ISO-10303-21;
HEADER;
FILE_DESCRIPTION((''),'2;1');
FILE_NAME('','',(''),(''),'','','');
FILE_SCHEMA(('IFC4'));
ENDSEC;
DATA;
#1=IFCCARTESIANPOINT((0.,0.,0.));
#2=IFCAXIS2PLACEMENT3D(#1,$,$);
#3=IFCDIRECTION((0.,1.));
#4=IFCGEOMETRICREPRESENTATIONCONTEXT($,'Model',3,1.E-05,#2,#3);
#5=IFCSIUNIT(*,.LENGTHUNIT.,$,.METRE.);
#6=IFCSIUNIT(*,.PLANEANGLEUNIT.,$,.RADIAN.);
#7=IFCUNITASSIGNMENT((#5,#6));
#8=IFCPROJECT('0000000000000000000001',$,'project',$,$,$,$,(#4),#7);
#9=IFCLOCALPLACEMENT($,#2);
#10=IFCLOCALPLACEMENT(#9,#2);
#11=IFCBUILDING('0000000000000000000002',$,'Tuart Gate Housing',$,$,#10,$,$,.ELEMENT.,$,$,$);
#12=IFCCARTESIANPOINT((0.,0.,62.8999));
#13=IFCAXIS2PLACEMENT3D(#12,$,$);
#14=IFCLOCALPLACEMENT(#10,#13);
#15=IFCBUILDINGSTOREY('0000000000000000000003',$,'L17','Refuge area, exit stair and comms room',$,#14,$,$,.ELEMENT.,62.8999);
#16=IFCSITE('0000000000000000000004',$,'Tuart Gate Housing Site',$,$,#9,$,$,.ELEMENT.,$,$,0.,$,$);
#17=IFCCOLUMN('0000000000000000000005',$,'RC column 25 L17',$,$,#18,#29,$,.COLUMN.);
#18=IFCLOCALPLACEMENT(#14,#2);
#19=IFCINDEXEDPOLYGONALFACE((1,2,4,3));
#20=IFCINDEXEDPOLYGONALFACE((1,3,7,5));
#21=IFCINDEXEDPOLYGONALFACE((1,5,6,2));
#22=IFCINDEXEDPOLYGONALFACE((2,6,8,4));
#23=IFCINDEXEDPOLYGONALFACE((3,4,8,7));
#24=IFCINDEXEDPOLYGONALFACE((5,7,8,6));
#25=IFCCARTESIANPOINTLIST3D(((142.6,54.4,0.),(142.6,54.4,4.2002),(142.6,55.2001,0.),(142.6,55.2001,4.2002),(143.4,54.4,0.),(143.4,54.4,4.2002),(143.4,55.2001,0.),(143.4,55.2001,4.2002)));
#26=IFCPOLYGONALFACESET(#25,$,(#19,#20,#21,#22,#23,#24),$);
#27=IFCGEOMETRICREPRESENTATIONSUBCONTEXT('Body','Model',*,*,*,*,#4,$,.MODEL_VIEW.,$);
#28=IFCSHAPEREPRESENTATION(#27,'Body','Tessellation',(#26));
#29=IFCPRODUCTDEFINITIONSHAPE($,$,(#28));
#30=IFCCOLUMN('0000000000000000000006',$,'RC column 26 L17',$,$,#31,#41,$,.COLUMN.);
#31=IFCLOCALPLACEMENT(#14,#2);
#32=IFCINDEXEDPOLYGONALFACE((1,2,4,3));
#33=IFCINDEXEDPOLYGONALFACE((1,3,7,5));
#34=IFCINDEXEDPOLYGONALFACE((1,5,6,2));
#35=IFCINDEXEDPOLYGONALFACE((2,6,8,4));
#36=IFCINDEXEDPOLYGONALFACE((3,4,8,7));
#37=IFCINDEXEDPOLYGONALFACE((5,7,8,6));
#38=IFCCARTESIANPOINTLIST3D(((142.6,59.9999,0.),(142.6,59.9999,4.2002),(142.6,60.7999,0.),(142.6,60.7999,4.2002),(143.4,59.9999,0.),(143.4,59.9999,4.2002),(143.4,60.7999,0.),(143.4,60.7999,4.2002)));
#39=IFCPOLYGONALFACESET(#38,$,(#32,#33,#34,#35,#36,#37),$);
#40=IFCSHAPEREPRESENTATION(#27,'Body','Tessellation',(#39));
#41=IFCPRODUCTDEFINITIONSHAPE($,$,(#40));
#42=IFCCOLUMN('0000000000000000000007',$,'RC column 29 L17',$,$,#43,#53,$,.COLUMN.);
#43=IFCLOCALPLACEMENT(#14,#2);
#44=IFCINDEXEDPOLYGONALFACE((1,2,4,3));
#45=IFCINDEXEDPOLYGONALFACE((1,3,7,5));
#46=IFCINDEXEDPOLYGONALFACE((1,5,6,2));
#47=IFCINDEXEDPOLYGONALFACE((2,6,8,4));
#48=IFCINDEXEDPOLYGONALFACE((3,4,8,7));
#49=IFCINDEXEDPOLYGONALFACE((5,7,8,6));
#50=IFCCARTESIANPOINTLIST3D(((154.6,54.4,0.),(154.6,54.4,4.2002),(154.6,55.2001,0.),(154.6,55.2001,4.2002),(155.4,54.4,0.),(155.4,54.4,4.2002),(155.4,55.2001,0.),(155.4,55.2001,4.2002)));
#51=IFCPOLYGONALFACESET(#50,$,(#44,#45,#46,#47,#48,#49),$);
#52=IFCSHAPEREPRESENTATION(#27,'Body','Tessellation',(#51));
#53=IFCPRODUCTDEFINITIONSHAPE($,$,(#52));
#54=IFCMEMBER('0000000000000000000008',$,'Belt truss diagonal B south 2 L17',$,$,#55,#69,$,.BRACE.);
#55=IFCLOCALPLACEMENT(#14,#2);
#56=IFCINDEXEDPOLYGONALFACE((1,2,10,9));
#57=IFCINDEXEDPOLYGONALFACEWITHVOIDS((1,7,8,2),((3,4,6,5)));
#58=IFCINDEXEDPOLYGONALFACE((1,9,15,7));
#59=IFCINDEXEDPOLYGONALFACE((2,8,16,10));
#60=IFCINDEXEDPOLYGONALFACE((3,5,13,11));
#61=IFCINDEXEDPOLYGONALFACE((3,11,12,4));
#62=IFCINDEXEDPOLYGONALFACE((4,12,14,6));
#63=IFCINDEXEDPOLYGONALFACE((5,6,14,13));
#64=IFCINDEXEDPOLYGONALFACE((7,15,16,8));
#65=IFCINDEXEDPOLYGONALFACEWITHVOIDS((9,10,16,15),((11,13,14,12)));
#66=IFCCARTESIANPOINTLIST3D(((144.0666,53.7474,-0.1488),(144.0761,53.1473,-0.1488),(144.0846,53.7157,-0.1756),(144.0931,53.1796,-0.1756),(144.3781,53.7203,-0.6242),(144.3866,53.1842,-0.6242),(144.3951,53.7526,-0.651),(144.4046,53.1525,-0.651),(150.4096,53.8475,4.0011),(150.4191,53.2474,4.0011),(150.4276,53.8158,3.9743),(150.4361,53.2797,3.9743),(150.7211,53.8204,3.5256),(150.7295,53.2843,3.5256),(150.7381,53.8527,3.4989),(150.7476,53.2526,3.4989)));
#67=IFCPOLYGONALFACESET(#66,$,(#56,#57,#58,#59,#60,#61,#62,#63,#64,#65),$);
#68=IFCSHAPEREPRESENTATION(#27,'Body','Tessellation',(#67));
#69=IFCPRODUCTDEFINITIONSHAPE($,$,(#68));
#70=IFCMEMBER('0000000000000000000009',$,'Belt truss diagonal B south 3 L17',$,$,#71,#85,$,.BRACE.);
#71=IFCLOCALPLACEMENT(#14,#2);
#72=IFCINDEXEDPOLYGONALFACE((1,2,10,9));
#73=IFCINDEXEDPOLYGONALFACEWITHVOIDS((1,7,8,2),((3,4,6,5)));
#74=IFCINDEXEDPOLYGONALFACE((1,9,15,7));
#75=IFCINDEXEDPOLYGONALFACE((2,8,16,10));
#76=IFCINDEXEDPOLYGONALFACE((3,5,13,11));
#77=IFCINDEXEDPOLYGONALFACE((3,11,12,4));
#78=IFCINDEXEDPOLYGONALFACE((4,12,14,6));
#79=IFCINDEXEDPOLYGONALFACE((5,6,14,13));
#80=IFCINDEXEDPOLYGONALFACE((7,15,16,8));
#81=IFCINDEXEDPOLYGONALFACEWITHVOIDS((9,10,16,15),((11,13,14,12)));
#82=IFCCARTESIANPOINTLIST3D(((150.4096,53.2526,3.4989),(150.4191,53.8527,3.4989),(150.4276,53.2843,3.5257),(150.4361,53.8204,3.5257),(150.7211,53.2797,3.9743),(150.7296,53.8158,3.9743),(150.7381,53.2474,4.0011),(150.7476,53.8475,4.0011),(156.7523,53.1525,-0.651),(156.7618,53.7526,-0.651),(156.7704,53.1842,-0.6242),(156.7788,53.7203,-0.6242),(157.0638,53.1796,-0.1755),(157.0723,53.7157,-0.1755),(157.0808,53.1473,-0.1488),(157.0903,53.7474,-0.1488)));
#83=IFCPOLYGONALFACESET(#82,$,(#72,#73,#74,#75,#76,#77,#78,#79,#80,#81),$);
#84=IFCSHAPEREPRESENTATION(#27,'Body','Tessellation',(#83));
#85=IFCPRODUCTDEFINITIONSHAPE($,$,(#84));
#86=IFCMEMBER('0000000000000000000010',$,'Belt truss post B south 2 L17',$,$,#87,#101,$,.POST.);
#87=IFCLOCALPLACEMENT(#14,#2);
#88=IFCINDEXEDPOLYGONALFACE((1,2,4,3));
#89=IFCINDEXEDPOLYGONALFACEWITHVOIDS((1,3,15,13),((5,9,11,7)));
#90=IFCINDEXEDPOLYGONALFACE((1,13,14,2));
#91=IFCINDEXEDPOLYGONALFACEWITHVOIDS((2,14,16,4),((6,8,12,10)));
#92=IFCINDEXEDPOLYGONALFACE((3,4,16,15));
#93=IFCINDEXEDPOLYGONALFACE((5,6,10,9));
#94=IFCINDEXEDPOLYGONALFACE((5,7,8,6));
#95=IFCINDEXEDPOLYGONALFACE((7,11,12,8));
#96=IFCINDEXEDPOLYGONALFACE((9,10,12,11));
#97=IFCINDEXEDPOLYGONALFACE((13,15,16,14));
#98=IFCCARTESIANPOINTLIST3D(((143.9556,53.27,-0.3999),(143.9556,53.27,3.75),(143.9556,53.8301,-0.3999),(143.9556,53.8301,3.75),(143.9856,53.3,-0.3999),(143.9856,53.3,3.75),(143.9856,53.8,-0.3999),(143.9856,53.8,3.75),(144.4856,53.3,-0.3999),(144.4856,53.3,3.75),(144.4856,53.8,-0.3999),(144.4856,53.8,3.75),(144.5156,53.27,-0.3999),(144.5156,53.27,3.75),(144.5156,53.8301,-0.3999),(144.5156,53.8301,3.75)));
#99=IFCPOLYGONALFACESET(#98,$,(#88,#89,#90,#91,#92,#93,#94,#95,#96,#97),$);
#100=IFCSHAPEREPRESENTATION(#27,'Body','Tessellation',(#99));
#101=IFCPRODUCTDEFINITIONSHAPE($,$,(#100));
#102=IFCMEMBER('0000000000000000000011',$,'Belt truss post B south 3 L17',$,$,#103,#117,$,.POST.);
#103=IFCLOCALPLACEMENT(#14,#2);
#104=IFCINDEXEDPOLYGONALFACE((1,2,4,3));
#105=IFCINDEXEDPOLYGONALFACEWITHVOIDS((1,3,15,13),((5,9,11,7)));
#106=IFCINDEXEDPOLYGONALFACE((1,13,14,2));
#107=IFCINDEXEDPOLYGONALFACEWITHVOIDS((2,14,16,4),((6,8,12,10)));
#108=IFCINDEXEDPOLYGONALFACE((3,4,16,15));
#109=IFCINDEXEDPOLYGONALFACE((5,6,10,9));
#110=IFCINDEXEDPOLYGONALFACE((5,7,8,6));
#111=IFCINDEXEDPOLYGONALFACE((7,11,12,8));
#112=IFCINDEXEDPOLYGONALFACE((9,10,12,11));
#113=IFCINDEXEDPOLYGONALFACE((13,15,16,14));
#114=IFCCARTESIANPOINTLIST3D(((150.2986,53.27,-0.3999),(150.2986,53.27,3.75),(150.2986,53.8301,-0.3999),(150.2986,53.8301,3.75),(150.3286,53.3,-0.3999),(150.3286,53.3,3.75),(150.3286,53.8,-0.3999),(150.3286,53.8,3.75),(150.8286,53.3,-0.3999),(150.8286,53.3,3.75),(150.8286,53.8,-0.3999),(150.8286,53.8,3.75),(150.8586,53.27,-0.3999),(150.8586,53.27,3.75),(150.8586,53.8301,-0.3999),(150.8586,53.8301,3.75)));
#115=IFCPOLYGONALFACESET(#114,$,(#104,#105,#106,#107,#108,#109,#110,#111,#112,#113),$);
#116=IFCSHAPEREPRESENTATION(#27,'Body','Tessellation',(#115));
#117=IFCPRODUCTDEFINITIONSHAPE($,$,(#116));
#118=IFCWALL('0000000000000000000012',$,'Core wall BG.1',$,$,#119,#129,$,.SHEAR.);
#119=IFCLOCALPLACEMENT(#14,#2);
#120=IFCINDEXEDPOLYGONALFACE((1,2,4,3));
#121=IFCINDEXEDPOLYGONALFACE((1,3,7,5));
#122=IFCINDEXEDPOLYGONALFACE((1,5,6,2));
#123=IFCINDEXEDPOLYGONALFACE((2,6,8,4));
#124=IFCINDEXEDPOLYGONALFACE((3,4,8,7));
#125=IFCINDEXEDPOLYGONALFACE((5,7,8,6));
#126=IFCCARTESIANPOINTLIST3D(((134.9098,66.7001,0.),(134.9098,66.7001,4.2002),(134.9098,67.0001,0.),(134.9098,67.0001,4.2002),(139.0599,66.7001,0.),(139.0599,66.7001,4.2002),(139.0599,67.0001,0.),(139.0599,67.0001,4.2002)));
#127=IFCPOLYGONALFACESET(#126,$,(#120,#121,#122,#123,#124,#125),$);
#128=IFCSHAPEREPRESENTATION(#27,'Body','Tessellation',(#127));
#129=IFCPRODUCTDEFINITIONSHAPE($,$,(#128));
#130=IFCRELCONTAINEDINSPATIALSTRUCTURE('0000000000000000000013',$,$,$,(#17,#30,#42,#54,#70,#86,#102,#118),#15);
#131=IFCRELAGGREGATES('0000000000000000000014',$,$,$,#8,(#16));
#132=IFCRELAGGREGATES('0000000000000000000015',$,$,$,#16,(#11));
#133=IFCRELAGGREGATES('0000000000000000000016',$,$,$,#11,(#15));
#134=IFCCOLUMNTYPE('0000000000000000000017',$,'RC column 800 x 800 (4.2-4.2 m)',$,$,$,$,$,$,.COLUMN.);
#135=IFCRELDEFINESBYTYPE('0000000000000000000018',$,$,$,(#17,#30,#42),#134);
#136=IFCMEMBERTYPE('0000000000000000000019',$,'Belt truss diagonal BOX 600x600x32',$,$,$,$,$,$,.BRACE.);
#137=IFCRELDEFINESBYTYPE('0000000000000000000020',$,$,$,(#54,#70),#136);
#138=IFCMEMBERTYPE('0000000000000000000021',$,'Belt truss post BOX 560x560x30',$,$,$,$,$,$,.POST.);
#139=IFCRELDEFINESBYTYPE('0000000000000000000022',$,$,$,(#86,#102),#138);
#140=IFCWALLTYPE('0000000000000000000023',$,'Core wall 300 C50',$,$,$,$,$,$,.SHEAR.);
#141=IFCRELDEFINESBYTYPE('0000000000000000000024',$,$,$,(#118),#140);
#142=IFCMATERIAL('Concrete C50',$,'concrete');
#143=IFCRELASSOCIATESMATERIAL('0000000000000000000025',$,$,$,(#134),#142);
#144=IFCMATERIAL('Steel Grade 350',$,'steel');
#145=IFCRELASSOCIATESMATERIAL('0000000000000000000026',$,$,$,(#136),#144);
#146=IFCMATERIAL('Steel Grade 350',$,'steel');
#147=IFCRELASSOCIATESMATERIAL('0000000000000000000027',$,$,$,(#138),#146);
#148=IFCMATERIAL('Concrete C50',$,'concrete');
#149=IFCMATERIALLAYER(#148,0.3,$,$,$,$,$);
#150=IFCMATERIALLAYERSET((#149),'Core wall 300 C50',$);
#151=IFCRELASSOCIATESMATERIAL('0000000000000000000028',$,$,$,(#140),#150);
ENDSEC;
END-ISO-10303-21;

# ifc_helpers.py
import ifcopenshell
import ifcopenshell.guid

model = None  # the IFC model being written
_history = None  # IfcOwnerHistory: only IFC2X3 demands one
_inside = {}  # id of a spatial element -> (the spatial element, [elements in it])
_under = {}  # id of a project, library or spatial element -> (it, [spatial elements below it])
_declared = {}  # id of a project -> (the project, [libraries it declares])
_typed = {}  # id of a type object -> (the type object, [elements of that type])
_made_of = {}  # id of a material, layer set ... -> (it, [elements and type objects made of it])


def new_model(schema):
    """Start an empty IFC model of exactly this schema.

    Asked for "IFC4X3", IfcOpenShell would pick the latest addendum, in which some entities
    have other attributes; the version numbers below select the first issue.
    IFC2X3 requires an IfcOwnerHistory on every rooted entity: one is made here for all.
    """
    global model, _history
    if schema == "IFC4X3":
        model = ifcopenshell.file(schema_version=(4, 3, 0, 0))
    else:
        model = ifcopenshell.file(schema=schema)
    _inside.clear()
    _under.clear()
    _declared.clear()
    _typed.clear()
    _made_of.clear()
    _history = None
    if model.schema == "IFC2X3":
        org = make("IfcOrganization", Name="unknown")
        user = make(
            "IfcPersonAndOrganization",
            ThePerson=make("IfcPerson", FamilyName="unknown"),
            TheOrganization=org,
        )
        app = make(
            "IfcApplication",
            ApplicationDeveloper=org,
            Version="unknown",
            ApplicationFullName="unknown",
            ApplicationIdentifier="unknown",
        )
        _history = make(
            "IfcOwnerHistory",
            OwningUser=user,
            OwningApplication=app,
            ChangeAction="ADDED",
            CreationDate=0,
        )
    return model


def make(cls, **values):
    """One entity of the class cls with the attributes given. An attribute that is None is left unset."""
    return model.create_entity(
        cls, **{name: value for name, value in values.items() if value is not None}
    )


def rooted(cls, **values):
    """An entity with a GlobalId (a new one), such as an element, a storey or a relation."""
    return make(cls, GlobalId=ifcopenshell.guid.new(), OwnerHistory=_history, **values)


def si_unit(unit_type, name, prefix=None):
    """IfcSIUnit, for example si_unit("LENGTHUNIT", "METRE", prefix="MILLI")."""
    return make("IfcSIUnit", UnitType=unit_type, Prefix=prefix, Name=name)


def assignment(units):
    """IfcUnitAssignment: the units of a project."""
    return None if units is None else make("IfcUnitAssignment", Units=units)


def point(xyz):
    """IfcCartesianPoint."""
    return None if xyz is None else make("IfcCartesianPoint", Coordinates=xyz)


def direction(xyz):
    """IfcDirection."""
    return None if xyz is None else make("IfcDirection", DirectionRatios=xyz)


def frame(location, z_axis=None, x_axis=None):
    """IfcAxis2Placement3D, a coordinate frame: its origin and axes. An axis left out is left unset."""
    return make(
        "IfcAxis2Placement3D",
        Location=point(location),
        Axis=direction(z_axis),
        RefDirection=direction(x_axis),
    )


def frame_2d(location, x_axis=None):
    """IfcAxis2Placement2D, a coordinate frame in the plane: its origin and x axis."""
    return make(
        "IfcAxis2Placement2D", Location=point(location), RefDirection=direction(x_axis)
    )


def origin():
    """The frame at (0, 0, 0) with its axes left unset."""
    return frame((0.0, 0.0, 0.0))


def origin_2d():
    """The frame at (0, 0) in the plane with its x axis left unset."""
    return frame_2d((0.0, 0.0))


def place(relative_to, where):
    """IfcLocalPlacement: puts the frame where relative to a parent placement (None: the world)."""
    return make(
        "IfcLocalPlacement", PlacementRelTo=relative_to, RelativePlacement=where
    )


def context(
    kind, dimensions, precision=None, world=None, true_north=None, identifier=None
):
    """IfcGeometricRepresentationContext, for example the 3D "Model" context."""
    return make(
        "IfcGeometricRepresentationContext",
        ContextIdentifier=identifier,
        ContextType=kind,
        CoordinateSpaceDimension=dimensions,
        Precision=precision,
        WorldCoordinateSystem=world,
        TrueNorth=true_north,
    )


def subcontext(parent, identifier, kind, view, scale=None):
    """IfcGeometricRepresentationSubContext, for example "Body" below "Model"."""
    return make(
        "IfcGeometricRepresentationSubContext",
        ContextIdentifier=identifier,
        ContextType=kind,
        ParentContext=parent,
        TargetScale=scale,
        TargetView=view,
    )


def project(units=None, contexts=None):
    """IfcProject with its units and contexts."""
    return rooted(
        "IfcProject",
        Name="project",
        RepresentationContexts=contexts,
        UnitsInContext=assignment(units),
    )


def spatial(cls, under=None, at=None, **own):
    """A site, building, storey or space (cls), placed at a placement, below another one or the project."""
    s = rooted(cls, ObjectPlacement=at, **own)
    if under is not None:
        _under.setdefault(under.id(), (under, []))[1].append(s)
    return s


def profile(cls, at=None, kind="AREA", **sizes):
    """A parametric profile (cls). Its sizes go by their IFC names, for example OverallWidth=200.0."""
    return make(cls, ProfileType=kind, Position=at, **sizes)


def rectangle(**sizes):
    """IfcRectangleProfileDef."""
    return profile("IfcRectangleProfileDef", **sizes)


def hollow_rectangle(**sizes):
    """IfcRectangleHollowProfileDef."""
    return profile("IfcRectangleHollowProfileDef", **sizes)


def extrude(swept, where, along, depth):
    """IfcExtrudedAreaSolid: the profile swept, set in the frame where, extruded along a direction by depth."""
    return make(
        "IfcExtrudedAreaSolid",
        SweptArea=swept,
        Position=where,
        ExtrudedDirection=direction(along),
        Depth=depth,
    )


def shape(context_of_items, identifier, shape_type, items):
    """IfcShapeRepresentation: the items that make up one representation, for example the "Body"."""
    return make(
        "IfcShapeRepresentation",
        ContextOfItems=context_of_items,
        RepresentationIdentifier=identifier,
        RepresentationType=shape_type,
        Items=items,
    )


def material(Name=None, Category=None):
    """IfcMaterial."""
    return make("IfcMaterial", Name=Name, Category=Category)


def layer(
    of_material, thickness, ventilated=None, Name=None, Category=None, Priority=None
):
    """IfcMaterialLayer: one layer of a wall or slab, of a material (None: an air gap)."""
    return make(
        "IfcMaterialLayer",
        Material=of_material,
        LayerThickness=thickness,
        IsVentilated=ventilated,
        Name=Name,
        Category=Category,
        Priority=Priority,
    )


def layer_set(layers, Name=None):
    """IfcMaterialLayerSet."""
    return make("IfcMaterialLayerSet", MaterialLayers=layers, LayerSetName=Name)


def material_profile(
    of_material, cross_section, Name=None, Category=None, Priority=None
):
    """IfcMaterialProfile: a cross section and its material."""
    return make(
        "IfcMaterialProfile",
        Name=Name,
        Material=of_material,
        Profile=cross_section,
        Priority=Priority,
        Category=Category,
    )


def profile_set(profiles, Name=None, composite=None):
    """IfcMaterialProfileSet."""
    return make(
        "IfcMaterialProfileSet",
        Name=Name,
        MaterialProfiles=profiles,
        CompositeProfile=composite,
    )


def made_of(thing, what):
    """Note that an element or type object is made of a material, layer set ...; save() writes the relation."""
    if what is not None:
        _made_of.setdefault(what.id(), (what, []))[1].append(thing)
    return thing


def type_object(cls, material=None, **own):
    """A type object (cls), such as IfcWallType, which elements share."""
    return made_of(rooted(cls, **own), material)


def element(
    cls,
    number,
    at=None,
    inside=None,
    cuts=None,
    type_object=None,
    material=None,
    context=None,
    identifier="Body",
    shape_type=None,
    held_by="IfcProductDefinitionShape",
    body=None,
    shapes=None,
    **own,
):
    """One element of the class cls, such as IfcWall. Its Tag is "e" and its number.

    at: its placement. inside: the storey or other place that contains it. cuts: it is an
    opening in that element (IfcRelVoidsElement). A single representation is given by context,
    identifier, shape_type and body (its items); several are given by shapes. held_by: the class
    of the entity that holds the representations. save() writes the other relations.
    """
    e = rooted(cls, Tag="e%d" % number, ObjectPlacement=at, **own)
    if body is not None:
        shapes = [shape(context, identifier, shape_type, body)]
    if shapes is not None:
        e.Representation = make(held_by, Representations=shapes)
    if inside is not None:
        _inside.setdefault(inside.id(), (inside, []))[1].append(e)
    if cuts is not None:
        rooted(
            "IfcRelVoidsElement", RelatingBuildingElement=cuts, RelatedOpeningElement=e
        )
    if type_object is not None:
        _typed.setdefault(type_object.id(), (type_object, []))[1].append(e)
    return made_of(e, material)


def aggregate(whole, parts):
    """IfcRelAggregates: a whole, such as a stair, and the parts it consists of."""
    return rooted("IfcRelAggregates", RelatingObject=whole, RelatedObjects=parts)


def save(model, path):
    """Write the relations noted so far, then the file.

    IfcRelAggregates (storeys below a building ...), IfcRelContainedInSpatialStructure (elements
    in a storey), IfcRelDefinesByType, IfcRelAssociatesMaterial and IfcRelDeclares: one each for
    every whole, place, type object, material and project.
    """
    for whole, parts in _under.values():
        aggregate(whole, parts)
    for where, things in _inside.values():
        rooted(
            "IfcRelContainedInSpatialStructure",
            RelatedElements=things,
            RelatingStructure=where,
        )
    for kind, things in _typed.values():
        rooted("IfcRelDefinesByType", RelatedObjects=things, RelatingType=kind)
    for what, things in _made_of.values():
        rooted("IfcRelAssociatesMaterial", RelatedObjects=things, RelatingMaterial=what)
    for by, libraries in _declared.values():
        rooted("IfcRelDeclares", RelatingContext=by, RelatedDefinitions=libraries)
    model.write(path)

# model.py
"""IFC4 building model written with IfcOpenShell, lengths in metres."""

from ifc_helpers import new_model, si_unit, direction, frame, frame_2d, origin, origin_2d, place, context, subcontext, project, spatial, rectangle, hollow_rectangle, extrude, material, layer, layer_set, material_profile, profile_set, type_object, element, save


model = new_model("IFC4")

# Units and contexts
model_context = context("Model", 3, precision=1e-05, world=origin(), true_north=direction((0.0, 1.0)))
body_context = subcontext(model_context, "Body", "Model", "MODEL_VIEW")
ifc_project = project(units=[si_unit("LENGTHUNIT", "METRE"), si_unit("PLANEANGLEUNIT", "RADIAN")], contexts=[model_context])

# Site, building, storey
site_placement = place(None, origin())
site = spatial("IfcSite", under=ifc_project, at=site_placement, Name="Tuart Gate Housing Site", CompositionType="ELEMENT", RefElevation=0.0)
building_placement = place(site_placement, origin())
building = spatial("IfcBuilding", under=site, at=building_placement, Name="Tuart Gate Housing", CompositionType="ELEMENT")
storey_placement = place(building_placement, frame((0.0, 0.0, 62.8999)))
storey = spatial("IfcBuildingStorey", under=building, at=storey_placement, Name="L17", Description="Refuge area, exit stair and comms room", CompositionType="ELEMENT", Elevation=62.8999)

# Columns
ifc_material_1 = material(Name="Concrete C50", Category="concrete")
ifc_material_profile_1 = material_profile(ifc_material_1, rectangle(XDim=0.8, YDim=0.8, at=origin_2d()), Name="RC column 800 x 800 (4.2-4.2 m)")
ifc_profile_set_1 = profile_set([ifc_material_profile_1], Name="Concrete C50")
column_type = type_object("IfcColumnType", Name="RC column 800 x 800 (4.2-4.2 m)", PredefinedType="COLUMN", material=ifc_profile_set_1)
for number, where, z_axis, x_axis, name in (
    (1, (143.0, 54.8, 0.0), (0.0, 0.0, 1.0), (1.0, 0.0, 0.0), "RC column 25 L17"),
    (2, (143.0, 60.3999, 0.0), (0.0, 0.0, 1.0), (1.0, 0.0, 0.0), "RC column 26 L17"),
    (3, (155.0, 54.8, 0.0), (0.0, 0.0, 1.0), (1.0, 0.0, 0.0), "RC column 29 L17"),
):
    element("IfcColumn", number, at=place(storey_placement, frame(where, z_axis=z_axis, x_axis=x_axis)), inside=storey, type_object=column_type, Name=name, PredefinedType="COLUMN", context=body_context, shape_type="SweptSolid", body=[
        extrude(rectangle(XDim=0.8, YDim=0.8, at=origin_2d()), origin(), (0.0, 0.0, 1.0), 4.2002),
    ])

# Members
ifc_material_2 = material(Name="Steel Grade 350", Category="steel")
ifc_material_profile_2 = material_profile(ifc_material_2, hollow_rectangle(XDim=0.6001, YDim=0.6001, WallThickness=0.032, at=origin_2d()), Name="BOX 600x600x32")
ifc_profile_set_2 = profile_set([ifc_material_profile_2], Name="Steel Grade 350")
member_type_1 = type_object("IfcMemberType", Name="Belt truss diagonal BOX 600x600x32", PredefinedType="BRACE", material=ifc_profile_set_2)
member_1_placement = place(storey_placement, frame((144.2356, 53.45, -0.3999), z_axis=(0.836743, 0.013204, 0.547437), x_axis=(-0.015779, 0.999876, 0.0)))
element("IfcMember", 4, at=member_1_placement, inside=storey, type_object=member_type_1, Name="Belt truss diagonal B south 2 L17", PredefinedType="BRACE", context=body_context, shape_type="SweptSolid", body=[
    extrude(hollow_rectangle(XDim=0.6001, YDim=0.6001, WallThickness=0.032, at=origin_2d()), origin(), (0.0, 0.0, 1.0), 7.5806),
])
member_2_placement = place(storey_placement, frame((150.5786, 53.55, 3.75), z_axis=(0.836733, -0.013205, -0.547452), x_axis=(0.015779, 0.999875, 0.0)))
element("IfcMember", 5, at=member_2_placement, inside=storey, type_object=member_type_1, Name="Belt truss diagonal B south 3 L17", PredefinedType="BRACE", context=body_context, shape_type="SweptSolid", body=[
    extrude(hollow_rectangle(XDim=0.6001, YDim=0.6001, WallThickness=0.032, at=origin_2d()), origin(), (0.0, 0.0, 1.0), 7.5803),
])
ifc_material_3 = material(Name="Steel Grade 350", Category="steel")
ifc_material_profile_3 = material_profile(ifc_material_3, hollow_rectangle(XDim=0.5601, YDim=0.5601, WallThickness=0.03, at=origin_2d()), Name="BOX 560x560x30")
ifc_profile_set_3 = profile_set([ifc_material_profile_3], Name="Steel Grade 350")
member_type_2 = type_object("IfcMemberType", Name="Belt truss post BOX 560x560x30", PredefinedType="POST", material=ifc_profile_set_3)
for number, where, z_axis, x_axis, name in (
    (6, (144.2356, 53.55, -0.3999), (0.0, 0.0, 1.0), (1.0, 0.0, 0.0), "Belt truss post B south 2 L17"),
    (7, (150.5786, 53.55, -0.3999), (0.0, 0.0, 1.0), (1.0, 0.0, 0.0), "Belt truss post B south 3 L17"),
):
    element("IfcMember", number, at=place(storey_placement, frame(where, z_axis=z_axis, x_axis=x_axis)), inside=storey, type_object=member_type_2, Name=name, PredefinedType="POST", context=body_context, shape_type="SweptSolid", body=[
        extrude(hollow_rectangle(XDim=0.5601, YDim=0.5601, WallThickness=0.03, at=origin_2d()), origin(), (0.0, 0.0, 1.0), 4.1499),
    ])

# Wall
ifc_material_4 = material(Name="Concrete C50", Category="concrete")
ifc_layer_1 = layer(ifc_material_4, 0.3)
ifc_layer_set_1 = layer_set([ifc_layer_1], Name="Core wall 300 C50")
wall_type_1 = type_object("IfcWallType", Name="Core wall 300 C50", PredefinedType="SHEAR", material=ifc_layer_set_1)
wall_1_placement = place(storey_placement, frame((139.0601, 66.8501, 0.0), z_axis=(0.0, 0.0, 1.0), x_axis=(-1.0, 0.0, 0.0)))
element("IfcWall", 8, at=wall_1_placement, inside=storey, type_object=wall_type_1, Name="Core wall BG.1", PredefinedType="SHEAR", context=body_context, shape_type="SweptSolid", body=[
    extrude(rectangle(XDim=4.1501, YDim=0.3, at=frame_2d((2.0752, 0.0))), origin(), (0.0, 0.0, 1.0), 4.2002),
])

save(model, "model.ifc")
